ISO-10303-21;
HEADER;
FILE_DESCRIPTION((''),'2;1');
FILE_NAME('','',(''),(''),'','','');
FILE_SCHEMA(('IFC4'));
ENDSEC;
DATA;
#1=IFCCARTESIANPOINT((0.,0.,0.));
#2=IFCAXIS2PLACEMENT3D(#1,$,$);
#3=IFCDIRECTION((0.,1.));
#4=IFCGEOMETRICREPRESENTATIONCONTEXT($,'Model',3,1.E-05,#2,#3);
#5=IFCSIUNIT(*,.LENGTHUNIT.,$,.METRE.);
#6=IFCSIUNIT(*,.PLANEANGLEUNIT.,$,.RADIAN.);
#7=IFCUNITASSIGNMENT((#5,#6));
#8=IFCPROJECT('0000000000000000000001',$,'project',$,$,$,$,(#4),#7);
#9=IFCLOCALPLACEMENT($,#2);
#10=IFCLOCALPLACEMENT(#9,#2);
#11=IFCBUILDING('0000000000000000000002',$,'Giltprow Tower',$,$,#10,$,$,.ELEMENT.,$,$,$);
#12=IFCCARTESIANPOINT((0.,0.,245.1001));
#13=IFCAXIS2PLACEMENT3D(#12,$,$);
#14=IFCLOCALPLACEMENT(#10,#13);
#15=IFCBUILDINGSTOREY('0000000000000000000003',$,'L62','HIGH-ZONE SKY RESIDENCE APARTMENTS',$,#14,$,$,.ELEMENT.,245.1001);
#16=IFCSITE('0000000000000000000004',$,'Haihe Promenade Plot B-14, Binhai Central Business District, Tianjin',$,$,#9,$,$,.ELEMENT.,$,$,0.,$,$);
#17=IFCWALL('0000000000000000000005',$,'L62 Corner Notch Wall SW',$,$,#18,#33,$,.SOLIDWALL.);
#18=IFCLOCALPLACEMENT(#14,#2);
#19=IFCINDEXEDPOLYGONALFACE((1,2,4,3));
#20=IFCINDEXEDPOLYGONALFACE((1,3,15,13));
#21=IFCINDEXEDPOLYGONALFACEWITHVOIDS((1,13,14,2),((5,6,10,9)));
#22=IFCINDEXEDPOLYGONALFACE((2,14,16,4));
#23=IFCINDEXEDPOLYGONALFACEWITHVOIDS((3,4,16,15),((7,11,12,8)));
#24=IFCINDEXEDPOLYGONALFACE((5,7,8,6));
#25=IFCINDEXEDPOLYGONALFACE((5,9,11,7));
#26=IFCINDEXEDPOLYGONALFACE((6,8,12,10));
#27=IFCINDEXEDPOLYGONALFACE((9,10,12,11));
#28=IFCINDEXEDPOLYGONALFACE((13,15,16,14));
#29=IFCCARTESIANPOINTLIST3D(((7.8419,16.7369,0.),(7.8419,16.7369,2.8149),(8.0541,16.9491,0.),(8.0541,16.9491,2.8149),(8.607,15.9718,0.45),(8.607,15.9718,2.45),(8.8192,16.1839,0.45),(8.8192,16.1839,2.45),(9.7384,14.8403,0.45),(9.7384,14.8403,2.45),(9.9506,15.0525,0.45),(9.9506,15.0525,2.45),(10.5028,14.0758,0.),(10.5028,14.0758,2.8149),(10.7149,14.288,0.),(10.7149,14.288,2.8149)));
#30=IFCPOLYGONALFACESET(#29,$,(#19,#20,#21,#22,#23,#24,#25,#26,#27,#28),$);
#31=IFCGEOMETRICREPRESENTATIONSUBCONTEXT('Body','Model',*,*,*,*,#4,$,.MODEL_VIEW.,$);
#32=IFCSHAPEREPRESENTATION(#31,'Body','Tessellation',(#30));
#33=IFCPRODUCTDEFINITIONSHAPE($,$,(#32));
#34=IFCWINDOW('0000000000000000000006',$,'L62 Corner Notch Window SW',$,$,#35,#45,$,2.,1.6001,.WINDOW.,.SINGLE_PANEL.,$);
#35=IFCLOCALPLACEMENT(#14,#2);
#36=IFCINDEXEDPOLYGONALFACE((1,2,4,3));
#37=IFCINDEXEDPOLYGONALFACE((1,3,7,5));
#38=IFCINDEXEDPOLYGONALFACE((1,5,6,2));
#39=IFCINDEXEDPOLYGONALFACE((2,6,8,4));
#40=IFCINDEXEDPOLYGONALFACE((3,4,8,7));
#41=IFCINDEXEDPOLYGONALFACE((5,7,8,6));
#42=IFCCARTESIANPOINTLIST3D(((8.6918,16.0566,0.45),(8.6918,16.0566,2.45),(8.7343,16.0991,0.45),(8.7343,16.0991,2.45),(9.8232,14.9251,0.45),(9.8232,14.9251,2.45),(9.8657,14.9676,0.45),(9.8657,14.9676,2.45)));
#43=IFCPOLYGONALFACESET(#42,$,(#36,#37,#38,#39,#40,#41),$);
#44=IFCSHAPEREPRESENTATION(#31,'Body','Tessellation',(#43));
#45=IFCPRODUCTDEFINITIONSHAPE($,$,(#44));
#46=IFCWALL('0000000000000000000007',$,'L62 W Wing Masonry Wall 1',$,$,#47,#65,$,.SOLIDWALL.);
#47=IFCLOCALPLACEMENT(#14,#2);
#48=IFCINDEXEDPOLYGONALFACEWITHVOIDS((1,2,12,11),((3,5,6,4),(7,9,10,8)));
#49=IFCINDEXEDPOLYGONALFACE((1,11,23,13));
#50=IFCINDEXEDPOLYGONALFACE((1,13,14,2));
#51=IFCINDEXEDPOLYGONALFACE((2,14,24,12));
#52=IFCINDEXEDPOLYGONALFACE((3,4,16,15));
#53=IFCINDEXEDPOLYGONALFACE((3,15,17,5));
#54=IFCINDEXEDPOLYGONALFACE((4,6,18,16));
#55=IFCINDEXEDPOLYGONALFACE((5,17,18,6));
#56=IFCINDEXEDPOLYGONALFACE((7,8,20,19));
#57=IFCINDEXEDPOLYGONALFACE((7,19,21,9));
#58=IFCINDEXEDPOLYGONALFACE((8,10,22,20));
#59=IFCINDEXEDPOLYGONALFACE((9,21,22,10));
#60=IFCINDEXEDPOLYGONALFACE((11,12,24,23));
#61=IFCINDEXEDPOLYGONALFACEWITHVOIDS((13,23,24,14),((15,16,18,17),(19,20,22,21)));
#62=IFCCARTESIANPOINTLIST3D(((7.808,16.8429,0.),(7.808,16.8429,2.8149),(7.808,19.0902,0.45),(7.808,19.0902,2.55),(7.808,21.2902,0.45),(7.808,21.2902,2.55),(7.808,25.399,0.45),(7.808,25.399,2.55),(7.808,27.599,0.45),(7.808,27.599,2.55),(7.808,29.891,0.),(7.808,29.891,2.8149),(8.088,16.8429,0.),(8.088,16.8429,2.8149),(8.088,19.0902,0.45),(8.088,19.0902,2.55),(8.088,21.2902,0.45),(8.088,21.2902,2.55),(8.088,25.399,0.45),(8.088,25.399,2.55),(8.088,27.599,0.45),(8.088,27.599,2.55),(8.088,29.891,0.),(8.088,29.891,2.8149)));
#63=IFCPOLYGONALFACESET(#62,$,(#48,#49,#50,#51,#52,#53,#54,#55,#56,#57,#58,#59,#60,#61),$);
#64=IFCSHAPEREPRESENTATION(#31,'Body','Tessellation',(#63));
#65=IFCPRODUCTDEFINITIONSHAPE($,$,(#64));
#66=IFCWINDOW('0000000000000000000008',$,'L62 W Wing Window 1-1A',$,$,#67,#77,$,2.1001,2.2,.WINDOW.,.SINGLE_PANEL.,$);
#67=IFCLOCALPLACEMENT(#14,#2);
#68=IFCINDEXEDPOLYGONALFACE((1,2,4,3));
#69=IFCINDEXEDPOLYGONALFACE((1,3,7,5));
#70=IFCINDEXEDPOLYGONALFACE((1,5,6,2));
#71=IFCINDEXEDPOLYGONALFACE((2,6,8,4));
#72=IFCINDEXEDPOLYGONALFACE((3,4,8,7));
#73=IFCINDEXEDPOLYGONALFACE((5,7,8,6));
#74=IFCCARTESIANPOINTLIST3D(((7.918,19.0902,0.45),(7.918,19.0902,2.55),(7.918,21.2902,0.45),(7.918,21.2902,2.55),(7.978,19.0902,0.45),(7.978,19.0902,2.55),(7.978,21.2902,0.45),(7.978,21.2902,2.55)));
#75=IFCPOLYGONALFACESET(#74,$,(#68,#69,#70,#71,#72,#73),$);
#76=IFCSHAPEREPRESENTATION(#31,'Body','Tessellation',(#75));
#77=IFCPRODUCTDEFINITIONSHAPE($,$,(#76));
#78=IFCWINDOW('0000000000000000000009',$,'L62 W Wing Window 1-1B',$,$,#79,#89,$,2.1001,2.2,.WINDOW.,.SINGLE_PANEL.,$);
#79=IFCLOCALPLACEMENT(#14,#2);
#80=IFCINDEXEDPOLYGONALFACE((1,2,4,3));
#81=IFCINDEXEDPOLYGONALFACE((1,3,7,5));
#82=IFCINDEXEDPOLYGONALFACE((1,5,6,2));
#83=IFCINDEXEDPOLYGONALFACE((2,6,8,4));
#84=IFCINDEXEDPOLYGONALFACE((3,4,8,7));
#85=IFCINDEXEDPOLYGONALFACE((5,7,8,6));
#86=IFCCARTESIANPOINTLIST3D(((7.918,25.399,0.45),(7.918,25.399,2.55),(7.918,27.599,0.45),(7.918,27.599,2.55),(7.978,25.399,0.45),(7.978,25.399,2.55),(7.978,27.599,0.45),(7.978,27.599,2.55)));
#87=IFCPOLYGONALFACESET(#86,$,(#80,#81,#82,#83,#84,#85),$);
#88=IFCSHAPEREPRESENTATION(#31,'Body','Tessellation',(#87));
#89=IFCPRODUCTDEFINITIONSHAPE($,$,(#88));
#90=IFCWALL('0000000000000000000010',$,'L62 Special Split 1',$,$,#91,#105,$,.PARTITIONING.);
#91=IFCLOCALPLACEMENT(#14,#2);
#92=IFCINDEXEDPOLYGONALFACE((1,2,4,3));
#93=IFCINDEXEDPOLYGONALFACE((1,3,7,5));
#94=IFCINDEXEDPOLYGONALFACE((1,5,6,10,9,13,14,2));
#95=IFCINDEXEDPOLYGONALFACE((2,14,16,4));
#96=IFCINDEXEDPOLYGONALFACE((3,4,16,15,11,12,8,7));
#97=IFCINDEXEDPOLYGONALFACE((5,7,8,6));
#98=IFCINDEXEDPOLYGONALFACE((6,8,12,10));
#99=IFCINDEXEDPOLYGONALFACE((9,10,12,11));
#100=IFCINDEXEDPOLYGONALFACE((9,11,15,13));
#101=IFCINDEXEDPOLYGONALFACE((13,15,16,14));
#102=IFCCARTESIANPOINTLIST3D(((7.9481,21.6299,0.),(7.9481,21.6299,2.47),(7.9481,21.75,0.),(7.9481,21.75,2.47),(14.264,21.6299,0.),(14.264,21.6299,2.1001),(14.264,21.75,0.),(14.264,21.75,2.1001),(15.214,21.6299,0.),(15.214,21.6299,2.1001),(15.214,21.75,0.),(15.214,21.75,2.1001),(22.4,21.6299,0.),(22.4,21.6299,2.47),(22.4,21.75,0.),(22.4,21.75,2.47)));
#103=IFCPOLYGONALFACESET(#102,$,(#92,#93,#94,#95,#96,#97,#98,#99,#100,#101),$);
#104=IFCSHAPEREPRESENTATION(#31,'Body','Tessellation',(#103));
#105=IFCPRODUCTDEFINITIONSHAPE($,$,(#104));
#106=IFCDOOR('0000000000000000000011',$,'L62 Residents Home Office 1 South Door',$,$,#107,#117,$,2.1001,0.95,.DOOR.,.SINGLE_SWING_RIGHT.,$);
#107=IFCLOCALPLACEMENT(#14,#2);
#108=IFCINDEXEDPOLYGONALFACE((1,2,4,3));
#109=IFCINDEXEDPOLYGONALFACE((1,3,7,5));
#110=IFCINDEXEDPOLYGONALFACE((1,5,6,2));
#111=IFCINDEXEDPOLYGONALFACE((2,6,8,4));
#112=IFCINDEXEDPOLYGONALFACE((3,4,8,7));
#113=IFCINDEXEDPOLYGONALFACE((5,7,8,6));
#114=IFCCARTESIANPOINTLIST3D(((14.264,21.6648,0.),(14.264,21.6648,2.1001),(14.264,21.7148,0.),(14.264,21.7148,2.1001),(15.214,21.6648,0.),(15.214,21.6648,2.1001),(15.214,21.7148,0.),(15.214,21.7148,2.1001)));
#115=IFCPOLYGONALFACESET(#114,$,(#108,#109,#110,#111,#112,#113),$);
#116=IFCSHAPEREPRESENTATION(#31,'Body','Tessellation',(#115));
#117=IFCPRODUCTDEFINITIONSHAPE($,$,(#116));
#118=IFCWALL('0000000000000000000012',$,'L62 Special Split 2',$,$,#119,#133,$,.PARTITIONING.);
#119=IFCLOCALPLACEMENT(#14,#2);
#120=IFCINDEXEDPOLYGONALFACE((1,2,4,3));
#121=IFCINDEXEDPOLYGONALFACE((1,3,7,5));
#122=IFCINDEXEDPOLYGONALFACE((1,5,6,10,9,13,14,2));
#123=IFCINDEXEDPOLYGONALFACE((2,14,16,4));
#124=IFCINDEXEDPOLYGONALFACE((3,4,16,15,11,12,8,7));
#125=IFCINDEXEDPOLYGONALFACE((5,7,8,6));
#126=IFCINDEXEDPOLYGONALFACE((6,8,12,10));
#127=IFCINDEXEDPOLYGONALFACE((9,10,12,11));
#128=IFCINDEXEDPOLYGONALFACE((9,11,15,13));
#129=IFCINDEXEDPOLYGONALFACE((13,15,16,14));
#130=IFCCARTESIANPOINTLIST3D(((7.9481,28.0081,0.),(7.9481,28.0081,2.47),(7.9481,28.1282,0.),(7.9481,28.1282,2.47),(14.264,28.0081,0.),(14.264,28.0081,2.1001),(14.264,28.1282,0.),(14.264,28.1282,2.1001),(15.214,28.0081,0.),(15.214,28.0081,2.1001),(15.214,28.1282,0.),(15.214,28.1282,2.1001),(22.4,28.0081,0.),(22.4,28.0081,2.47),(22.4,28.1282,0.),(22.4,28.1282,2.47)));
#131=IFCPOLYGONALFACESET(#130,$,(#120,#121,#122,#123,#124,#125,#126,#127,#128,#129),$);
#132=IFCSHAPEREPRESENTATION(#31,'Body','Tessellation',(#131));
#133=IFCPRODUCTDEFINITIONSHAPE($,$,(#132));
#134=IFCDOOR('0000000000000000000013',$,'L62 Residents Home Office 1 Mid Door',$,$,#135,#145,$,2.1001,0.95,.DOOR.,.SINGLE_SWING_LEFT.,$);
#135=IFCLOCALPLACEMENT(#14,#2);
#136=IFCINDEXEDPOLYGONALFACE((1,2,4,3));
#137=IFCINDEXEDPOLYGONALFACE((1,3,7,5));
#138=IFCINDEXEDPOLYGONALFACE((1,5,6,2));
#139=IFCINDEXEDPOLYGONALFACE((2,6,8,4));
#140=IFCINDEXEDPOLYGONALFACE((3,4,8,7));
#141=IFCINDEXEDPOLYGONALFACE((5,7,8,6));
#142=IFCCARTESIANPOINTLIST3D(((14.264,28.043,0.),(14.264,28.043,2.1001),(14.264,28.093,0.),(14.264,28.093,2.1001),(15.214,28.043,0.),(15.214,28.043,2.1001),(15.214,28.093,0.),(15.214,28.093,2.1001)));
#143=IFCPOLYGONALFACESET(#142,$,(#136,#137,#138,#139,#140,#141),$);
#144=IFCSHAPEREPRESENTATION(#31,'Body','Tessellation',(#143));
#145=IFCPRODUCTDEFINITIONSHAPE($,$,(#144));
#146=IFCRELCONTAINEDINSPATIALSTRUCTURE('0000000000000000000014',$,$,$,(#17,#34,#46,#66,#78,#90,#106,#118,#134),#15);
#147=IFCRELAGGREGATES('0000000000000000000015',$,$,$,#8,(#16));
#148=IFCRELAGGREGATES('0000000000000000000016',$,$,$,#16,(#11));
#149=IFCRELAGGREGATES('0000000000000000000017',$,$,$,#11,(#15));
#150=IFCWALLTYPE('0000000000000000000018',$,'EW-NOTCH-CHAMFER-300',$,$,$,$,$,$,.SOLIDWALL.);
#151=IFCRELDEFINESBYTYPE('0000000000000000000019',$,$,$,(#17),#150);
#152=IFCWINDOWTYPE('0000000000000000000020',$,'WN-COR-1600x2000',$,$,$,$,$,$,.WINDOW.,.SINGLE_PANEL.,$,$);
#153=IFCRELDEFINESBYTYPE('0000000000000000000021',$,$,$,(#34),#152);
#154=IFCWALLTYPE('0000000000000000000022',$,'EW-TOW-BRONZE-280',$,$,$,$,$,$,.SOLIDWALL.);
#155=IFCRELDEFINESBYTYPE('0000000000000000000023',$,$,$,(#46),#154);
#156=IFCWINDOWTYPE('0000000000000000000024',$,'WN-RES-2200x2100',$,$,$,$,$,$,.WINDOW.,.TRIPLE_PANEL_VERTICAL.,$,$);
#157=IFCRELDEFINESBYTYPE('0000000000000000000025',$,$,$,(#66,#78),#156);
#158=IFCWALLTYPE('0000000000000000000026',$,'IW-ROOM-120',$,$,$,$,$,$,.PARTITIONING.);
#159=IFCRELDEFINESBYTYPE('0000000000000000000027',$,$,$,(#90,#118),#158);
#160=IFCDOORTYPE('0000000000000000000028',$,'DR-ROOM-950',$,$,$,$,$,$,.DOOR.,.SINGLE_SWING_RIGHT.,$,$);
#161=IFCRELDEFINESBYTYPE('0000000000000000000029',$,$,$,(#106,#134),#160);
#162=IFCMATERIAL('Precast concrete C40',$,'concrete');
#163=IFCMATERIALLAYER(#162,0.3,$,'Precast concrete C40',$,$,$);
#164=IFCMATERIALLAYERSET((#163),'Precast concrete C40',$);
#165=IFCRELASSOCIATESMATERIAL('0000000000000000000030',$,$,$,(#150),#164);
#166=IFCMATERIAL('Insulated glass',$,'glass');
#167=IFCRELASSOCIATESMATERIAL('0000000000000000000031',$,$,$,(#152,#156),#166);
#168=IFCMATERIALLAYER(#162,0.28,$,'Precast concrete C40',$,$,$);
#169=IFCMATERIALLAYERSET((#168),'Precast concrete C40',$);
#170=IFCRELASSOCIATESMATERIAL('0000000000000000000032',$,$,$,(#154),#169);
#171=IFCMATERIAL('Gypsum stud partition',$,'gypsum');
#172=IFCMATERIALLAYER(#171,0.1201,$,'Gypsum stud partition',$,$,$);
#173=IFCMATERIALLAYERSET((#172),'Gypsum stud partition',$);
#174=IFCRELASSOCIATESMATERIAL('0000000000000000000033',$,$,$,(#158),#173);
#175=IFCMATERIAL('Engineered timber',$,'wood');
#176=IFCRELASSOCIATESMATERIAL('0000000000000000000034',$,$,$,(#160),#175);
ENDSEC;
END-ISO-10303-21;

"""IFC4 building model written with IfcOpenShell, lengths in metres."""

from ifc_helpers import new_model, si_unit, direction, frame, frame_2d, origin, place, context, subcontext, project, spatial, rectangle, extrude, source, transform, mapped, material, layer, layer_set, type_object, element, fill, save


model = new_model("IFC4")

# Units and contexts
model_context = context("Model", 3, precision=1e-05, world=origin(), true_north=direction((0.0, 1.0)))
body_context = subcontext(model_context, "Body", "Model", "MODEL_VIEW")
ifc_project = project(units=[si_unit("LENGTHUNIT", "METRE"), si_unit("PLANEANGLEUNIT", "RADIAN")], contexts=[model_context])

# Site, building, storey
site_placement = place(None, origin())
site = spatial("IfcSite", under=ifc_project, at=site_placement, Name="Haihe Promenade Plot B-14, Binhai Central Business District, Tianjin", CompositionType="ELEMENT", RefElevation=0.0)
building_placement = place(site_placement, origin())
building = spatial("IfcBuilding", under=site, at=building_placement, Name="Giltprow Tower", CompositionType="ELEMENT")
storey_placement = place(building_placement, frame((0.0, 0.0, 245.1001)))
storey = spatial("IfcBuildingStorey", under=building, at=storey_placement, Name="L62", Description="HIGH-ZONE SKY RESIDENCE APARTMENTS", CompositionType="ELEMENT", Elevation=245.1001)

# Shared definitions
ifc_material_1 = material(Name="Insulated glass", Category="glass")

# Wall, opening, window
ifc_material_2 = material(Name="Precast concrete C40", Category="concrete")
ifc_layer_1 = layer(ifc_material_2, 0.3, Name="Precast concrete C40")
ifc_layer_set_1 = layer_set([ifc_layer_1], Name="Precast concrete C40")
wall_type_1 = type_object("IfcWallType", Name="EW-NOTCH-CHAMFER-300", PredefinedType="SOLIDWALL", material=ifc_layer_set_1)
wall_1_placement = place(storey_placement, frame((7.948, 16.843, 0.0), z_axis=(0.0, 0.0, 1.0), x_axis=(0.707074, -0.707139, 0.0)))
wall_1 = element("IfcWall", 1, at=wall_1_placement, inside=storey, type_object=wall_type_1, Name="L62 Corner Notch Wall SW", PredefinedType="SOLIDWALL", context=body_context, shape_type="SweptSolid", body=[
    extrude(rectangle(XDim=3.7632, YDim=0.3, at=frame_2d((1.8816, 0.0))), origin(), (0.0, 0.0, 1.0), 2.8149),
])
opening_1_placement = place(wall_1_placement, frame((1.082, 0.0, 0.45)))
opening_1 = element("IfcOpeningElement", 2, at=opening_1_placement, cuts=wall_1, PredefinedType="OPENING", context=body_context, shape_type="SweptSolid", body=[
    extrude(rectangle(XDim=1.6001, YDim=2.0, at=frame_2d((0.8, 1.0))), frame((0.0, 0.1599, 0.0), z_axis=(0.0, -1.0, 0.0), x_axis=(1.0, 0.0, 0.0)), (0.0, 0.0, 1.0), 0.3201),
])
window_type_1 = type_object("IfcWindowType", Name="WN-COR-1600x2000", PartitioningType="SINGLE_PANEL", PredefinedType="WINDOW", material=ifc_material_1)
shared_shape_1 = source(origin(), body_context, "Body", "SweptSolid", [
    extrude(rectangle(XDim=1.6001, YDim=2.0, at=frame_2d((0.8, 1.0))), frame((0.0, 0.03, 0.0), z_axis=(0.0, -1.0, 0.0), x_axis=(1.0, 0.0, 0.0)), (0.0, 0.0, 1.0), 0.0601),
])
window_1_placement = place(opening_1_placement, origin())
window_1 = element("IfcWindow", 3, at=window_1_placement, inside=storey, type_object=window_type_1, Name="L62 Corner Notch Window SW", OverallHeight=2.0, OverallWidth=1.6001, PartitioningType="SINGLE_PANEL", PredefinedType="WINDOW", context=body_context, shape_type="MappedRepresentation", body=[
    mapped(shared_shape_1, transform((0.0, 0.0, 0.0), x_axis=(1.0, 0.0, 0.0), y_axis=(0.0, 1.0, 0.0), z_axis=(0.0, 0.0, 1.0), scale=1.0)),
])
fill(opening_1, window_1)

# Wall, openings, windows
ifc_layer_2 = layer(ifc_material_2, 0.28, Name="Precast concrete C40")
ifc_layer_set_2 = layer_set([ifc_layer_2], Name="Precast concrete C40")
wall_type_2 = type_object("IfcWallType", Name="EW-TOW-BRONZE-280", PredefinedType="SOLIDWALL", material=ifc_layer_set_2)
wall_2_placement = place(storey_placement, frame((7.948, 16.843, 0.0), z_axis=(0.0, 0.0, 1.0), x_axis=(0.0, 1.0, 0.0)))
wall_2 = element("IfcWall", 4, at=wall_2_placement, inside=storey, type_object=wall_type_2, Name="L62 W Wing Masonry Wall 1", PredefinedType="SOLIDWALL", context=body_context, shape_type="SweptSolid", body=[
    extrude(rectangle(XDim=13.0481, YDim=0.28, at=frame_2d((6.5239, 0.0))), origin(), (0.0, 0.0, 1.0), 2.8149),
])
opening_2_placement = place(wall_2_placement, frame((2.2471, 0.0, 0.45)))
opening_2 = element("IfcOpeningElement", 5, at=opening_2_placement, cuts=wall_2, PredefinedType="OPENING", context=body_context, shape_type="SweptSolid", body=[
    extrude(rectangle(XDim=2.2, YDim=2.1001, at=frame_2d((1.1001, 1.05))), frame((0.0, 0.1499, 0.0), z_axis=(0.0, -1.0, 0.0), x_axis=(1.0, 0.0, 0.0)), (0.0, 0.0, 1.0), 0.3),
])
opening_3_placement = place(wall_2_placement, frame((8.5559, 0.0, 0.45)))
opening_3 = element("IfcOpeningElement", 6, at=opening_3_placement, cuts=wall_2, PredefinedType="OPENING", context=body_context, shape_type="SweptSolid", body=[
    extrude(rectangle(XDim=2.2, YDim=2.1001, at=frame_2d((1.1001, 1.05))), frame((0.0, 0.1499, 0.0), z_axis=(0.0, -1.0, 0.0), x_axis=(1.0, 0.0, 0.0)), (0.0, 0.0, 1.0), 0.3),
])
window_type_2 = type_object("IfcWindowType", Name="WN-RES-2200x2100", PartitioningType="TRIPLE_PANEL_VERTICAL", PredefinedType="WINDOW", material=ifc_material_1)
shared_shape_2 = source(origin(), body_context, "Body", "SweptSolid", [
    extrude(rectangle(XDim=2.2, YDim=2.1001, at=frame_2d((1.1001, 1.05))), frame((0.0, 0.03, 0.0), z_axis=(0.0, -1.0, 0.0), x_axis=(1.0, 0.0, 0.0)), (0.0, 0.0, 1.0), 0.0601),
])
window_2_placement = place(opening_2_placement, origin())
window_2 = element("IfcWindow", 7, at=window_2_placement, inside=storey, type_object=window_type_2, Name="L62 W Wing Window 1-1A", OverallHeight=2.1001, OverallWidth=2.2, PartitioningType="SINGLE_PANEL", PredefinedType="WINDOW", context=body_context, shape_type="MappedRepresentation", body=[
    mapped(shared_shape_2, transform((0.0, 0.0, 0.0), x_axis=(1.0, 0.0, 0.0), y_axis=(0.0, 1.0, 0.0), z_axis=(0.0, 0.0, 1.0), scale=1.0)),
])
fill(opening_2, window_2)
window_3_placement = place(opening_3_placement, origin())
window_3 = element("IfcWindow", 8, at=window_3_placement, inside=storey, type_object=window_type_2, Name="L62 W Wing Window 1-1B", OverallHeight=2.1001, OverallWidth=2.2, PartitioningType="SINGLE_PANEL", PredefinedType="WINDOW", context=body_context, shape_type="MappedRepresentation", body=[
    mapped(shared_shape_2, transform((0.0, 0.0, 0.0), x_axis=(1.0, 0.0, 0.0), y_axis=(0.0, 1.0, 0.0), z_axis=(0.0, 0.0, 1.0), scale=1.0)),
])
fill(opening_3, window_3)

# Walls, openings, doors
ifc_material_3 = material(Name="Gypsum stud partition", Category="gypsum")
ifc_layer_3 = layer(ifc_material_3, 0.1201, Name="Gypsum stud partition")
ifc_layer_set_3 = layer_set([ifc_layer_3], Name="Gypsum stud partition")
wall_type_3 = type_object("IfcWallType", Name="IW-ROOM-120", PredefinedType="PARTITIONING", material=ifc_layer_set_3)
wall_3_placement = place(storey_placement, frame((7.948, 21.6899, 0.0), z_axis=(0.0, 0.0, 1.0), x_axis=(1.0, 0.0, 0.0)))
wall_3 = element("IfcWall", 9, at=wall_3_placement, inside=storey, type_object=wall_type_3, Name="L62 Special Split 1", PredefinedType="PARTITIONING", context=body_context, shape_type="SweptSolid", body=[
    extrude(rectangle(XDim=14.4519, YDim=0.1201, at=frame_2d((7.2261, 0.0))), origin(), (0.0, 0.0, 1.0), 2.47),
])
opening_4_placement = place(wall_3_placement, frame((6.3159, 0.0, 0.0)))
opening_4 = element("IfcOpeningElement", 10, at=opening_4_placement, cuts=wall_3, PredefinedType="OPENING", context=body_context, shape_type="SweptSolid", body=[
    extrude(rectangle(XDim=0.95, YDim=2.1001, at=frame_2d((0.4751, 1.05))), frame((0.0, 0.0701, 0.0), z_axis=(0.0, -1.0, 0.0), x_axis=(1.0, 0.0, 0.0)), (0.0, 0.0, 1.0), 0.1401),
])
ifc_material_4 = material(Name="Engineered timber", Category="wood")
door_type = type_object("IfcDoorType", Name="DR-ROOM-950", OperationType="SINGLE_SWING_RIGHT", PredefinedType="DOOR", material=ifc_material_4)
shared_shape_3 = source(origin(), body_context, "Body", "SweptSolid", [
    extrude(rectangle(XDim=0.95, YDim=2.1001, at=frame_2d((0.4751, 1.05))), frame((0.0, 0.0249, 0.0), z_axis=(0.0, -1.0, 0.0), x_axis=(1.0, 0.0, 0.0)), (0.0, 0.0, 1.0), 0.05),
])
door_1_placement = place(opening_4_placement, origin())
door_1 = element("IfcDoor", 11, at=door_1_placement, inside=storey, type_object=door_type, Name="L62 Residents Home Office 1 South Door", OperationType="SINGLE_SWING_RIGHT", OverallHeight=2.1001, OverallWidth=0.95, PredefinedType="DOOR", context=body_context, shape_type="MappedRepresentation", body=[
    mapped(shared_shape_3, transform((0.0, 0.0, 0.0), x_axis=(1.0, 0.0, 0.0), y_axis=(0.0, 1.0, 0.0), z_axis=(0.0, 0.0, 1.0), scale=1.0)),
])
fill(opening_4, door_1)
wall_4_placement = place(storey_placement, frame((7.948, 28.0681, 0.0), z_axis=(0.0, 0.0, 1.0), x_axis=(1.0, 0.0, 0.0)))
wall_4 = element("IfcWall", 12, at=wall_4_placement, inside=storey, type_object=wall_type_3, Name="L62 Special Split 2", PredefinedType="PARTITIONING", context=body_context, shape_type="SweptSolid", body=[
    extrude(rectangle(XDim=14.4519, YDim=0.1201, at=frame_2d((7.2261, 0.0))), origin(), (0.0, 0.0, 1.0), 2.47),
])
opening_5_placement = place(wall_4_placement, frame((6.3159, 0.0, 0.0)))
opening_5 = element("IfcOpeningElement", 13, at=opening_5_placement, cuts=wall_4, PredefinedType="OPENING", context=body_context, shape_type="SweptSolid", body=[
    extrude(rectangle(XDim=0.95, YDim=2.1001, at=frame_2d((0.4751, 1.05))), frame((0.0, 0.0701, 0.0), z_axis=(0.0, -1.0, 0.0), x_axis=(1.0, 0.0, 0.0)), (0.0, 0.0, 1.0), 0.1401),
])
door_2_placement = place(opening_5_placement, origin())
door_2 = element("IfcDoor", 14, at=door_2_placement, inside=storey, type_object=door_type, Name="L62 Residents Home Office 1 Mid Door", OperationType="SINGLE_SWING_LEFT", OverallHeight=2.1001, OverallWidth=0.95, PredefinedType="DOOR", context=body_context, shape_type="MappedRepresentation", body=[
    mapped(shared_shape_3, transform((0.0, 0.0, 0.0), x_axis=(1.0, 0.0, 0.0), y_axis=(0.0, 1.0, 0.0), z_axis=(0.0, 0.0, 1.0), scale=1.0)),
])
fill(opening_5, door_2)

save(model, "model.ifc")
